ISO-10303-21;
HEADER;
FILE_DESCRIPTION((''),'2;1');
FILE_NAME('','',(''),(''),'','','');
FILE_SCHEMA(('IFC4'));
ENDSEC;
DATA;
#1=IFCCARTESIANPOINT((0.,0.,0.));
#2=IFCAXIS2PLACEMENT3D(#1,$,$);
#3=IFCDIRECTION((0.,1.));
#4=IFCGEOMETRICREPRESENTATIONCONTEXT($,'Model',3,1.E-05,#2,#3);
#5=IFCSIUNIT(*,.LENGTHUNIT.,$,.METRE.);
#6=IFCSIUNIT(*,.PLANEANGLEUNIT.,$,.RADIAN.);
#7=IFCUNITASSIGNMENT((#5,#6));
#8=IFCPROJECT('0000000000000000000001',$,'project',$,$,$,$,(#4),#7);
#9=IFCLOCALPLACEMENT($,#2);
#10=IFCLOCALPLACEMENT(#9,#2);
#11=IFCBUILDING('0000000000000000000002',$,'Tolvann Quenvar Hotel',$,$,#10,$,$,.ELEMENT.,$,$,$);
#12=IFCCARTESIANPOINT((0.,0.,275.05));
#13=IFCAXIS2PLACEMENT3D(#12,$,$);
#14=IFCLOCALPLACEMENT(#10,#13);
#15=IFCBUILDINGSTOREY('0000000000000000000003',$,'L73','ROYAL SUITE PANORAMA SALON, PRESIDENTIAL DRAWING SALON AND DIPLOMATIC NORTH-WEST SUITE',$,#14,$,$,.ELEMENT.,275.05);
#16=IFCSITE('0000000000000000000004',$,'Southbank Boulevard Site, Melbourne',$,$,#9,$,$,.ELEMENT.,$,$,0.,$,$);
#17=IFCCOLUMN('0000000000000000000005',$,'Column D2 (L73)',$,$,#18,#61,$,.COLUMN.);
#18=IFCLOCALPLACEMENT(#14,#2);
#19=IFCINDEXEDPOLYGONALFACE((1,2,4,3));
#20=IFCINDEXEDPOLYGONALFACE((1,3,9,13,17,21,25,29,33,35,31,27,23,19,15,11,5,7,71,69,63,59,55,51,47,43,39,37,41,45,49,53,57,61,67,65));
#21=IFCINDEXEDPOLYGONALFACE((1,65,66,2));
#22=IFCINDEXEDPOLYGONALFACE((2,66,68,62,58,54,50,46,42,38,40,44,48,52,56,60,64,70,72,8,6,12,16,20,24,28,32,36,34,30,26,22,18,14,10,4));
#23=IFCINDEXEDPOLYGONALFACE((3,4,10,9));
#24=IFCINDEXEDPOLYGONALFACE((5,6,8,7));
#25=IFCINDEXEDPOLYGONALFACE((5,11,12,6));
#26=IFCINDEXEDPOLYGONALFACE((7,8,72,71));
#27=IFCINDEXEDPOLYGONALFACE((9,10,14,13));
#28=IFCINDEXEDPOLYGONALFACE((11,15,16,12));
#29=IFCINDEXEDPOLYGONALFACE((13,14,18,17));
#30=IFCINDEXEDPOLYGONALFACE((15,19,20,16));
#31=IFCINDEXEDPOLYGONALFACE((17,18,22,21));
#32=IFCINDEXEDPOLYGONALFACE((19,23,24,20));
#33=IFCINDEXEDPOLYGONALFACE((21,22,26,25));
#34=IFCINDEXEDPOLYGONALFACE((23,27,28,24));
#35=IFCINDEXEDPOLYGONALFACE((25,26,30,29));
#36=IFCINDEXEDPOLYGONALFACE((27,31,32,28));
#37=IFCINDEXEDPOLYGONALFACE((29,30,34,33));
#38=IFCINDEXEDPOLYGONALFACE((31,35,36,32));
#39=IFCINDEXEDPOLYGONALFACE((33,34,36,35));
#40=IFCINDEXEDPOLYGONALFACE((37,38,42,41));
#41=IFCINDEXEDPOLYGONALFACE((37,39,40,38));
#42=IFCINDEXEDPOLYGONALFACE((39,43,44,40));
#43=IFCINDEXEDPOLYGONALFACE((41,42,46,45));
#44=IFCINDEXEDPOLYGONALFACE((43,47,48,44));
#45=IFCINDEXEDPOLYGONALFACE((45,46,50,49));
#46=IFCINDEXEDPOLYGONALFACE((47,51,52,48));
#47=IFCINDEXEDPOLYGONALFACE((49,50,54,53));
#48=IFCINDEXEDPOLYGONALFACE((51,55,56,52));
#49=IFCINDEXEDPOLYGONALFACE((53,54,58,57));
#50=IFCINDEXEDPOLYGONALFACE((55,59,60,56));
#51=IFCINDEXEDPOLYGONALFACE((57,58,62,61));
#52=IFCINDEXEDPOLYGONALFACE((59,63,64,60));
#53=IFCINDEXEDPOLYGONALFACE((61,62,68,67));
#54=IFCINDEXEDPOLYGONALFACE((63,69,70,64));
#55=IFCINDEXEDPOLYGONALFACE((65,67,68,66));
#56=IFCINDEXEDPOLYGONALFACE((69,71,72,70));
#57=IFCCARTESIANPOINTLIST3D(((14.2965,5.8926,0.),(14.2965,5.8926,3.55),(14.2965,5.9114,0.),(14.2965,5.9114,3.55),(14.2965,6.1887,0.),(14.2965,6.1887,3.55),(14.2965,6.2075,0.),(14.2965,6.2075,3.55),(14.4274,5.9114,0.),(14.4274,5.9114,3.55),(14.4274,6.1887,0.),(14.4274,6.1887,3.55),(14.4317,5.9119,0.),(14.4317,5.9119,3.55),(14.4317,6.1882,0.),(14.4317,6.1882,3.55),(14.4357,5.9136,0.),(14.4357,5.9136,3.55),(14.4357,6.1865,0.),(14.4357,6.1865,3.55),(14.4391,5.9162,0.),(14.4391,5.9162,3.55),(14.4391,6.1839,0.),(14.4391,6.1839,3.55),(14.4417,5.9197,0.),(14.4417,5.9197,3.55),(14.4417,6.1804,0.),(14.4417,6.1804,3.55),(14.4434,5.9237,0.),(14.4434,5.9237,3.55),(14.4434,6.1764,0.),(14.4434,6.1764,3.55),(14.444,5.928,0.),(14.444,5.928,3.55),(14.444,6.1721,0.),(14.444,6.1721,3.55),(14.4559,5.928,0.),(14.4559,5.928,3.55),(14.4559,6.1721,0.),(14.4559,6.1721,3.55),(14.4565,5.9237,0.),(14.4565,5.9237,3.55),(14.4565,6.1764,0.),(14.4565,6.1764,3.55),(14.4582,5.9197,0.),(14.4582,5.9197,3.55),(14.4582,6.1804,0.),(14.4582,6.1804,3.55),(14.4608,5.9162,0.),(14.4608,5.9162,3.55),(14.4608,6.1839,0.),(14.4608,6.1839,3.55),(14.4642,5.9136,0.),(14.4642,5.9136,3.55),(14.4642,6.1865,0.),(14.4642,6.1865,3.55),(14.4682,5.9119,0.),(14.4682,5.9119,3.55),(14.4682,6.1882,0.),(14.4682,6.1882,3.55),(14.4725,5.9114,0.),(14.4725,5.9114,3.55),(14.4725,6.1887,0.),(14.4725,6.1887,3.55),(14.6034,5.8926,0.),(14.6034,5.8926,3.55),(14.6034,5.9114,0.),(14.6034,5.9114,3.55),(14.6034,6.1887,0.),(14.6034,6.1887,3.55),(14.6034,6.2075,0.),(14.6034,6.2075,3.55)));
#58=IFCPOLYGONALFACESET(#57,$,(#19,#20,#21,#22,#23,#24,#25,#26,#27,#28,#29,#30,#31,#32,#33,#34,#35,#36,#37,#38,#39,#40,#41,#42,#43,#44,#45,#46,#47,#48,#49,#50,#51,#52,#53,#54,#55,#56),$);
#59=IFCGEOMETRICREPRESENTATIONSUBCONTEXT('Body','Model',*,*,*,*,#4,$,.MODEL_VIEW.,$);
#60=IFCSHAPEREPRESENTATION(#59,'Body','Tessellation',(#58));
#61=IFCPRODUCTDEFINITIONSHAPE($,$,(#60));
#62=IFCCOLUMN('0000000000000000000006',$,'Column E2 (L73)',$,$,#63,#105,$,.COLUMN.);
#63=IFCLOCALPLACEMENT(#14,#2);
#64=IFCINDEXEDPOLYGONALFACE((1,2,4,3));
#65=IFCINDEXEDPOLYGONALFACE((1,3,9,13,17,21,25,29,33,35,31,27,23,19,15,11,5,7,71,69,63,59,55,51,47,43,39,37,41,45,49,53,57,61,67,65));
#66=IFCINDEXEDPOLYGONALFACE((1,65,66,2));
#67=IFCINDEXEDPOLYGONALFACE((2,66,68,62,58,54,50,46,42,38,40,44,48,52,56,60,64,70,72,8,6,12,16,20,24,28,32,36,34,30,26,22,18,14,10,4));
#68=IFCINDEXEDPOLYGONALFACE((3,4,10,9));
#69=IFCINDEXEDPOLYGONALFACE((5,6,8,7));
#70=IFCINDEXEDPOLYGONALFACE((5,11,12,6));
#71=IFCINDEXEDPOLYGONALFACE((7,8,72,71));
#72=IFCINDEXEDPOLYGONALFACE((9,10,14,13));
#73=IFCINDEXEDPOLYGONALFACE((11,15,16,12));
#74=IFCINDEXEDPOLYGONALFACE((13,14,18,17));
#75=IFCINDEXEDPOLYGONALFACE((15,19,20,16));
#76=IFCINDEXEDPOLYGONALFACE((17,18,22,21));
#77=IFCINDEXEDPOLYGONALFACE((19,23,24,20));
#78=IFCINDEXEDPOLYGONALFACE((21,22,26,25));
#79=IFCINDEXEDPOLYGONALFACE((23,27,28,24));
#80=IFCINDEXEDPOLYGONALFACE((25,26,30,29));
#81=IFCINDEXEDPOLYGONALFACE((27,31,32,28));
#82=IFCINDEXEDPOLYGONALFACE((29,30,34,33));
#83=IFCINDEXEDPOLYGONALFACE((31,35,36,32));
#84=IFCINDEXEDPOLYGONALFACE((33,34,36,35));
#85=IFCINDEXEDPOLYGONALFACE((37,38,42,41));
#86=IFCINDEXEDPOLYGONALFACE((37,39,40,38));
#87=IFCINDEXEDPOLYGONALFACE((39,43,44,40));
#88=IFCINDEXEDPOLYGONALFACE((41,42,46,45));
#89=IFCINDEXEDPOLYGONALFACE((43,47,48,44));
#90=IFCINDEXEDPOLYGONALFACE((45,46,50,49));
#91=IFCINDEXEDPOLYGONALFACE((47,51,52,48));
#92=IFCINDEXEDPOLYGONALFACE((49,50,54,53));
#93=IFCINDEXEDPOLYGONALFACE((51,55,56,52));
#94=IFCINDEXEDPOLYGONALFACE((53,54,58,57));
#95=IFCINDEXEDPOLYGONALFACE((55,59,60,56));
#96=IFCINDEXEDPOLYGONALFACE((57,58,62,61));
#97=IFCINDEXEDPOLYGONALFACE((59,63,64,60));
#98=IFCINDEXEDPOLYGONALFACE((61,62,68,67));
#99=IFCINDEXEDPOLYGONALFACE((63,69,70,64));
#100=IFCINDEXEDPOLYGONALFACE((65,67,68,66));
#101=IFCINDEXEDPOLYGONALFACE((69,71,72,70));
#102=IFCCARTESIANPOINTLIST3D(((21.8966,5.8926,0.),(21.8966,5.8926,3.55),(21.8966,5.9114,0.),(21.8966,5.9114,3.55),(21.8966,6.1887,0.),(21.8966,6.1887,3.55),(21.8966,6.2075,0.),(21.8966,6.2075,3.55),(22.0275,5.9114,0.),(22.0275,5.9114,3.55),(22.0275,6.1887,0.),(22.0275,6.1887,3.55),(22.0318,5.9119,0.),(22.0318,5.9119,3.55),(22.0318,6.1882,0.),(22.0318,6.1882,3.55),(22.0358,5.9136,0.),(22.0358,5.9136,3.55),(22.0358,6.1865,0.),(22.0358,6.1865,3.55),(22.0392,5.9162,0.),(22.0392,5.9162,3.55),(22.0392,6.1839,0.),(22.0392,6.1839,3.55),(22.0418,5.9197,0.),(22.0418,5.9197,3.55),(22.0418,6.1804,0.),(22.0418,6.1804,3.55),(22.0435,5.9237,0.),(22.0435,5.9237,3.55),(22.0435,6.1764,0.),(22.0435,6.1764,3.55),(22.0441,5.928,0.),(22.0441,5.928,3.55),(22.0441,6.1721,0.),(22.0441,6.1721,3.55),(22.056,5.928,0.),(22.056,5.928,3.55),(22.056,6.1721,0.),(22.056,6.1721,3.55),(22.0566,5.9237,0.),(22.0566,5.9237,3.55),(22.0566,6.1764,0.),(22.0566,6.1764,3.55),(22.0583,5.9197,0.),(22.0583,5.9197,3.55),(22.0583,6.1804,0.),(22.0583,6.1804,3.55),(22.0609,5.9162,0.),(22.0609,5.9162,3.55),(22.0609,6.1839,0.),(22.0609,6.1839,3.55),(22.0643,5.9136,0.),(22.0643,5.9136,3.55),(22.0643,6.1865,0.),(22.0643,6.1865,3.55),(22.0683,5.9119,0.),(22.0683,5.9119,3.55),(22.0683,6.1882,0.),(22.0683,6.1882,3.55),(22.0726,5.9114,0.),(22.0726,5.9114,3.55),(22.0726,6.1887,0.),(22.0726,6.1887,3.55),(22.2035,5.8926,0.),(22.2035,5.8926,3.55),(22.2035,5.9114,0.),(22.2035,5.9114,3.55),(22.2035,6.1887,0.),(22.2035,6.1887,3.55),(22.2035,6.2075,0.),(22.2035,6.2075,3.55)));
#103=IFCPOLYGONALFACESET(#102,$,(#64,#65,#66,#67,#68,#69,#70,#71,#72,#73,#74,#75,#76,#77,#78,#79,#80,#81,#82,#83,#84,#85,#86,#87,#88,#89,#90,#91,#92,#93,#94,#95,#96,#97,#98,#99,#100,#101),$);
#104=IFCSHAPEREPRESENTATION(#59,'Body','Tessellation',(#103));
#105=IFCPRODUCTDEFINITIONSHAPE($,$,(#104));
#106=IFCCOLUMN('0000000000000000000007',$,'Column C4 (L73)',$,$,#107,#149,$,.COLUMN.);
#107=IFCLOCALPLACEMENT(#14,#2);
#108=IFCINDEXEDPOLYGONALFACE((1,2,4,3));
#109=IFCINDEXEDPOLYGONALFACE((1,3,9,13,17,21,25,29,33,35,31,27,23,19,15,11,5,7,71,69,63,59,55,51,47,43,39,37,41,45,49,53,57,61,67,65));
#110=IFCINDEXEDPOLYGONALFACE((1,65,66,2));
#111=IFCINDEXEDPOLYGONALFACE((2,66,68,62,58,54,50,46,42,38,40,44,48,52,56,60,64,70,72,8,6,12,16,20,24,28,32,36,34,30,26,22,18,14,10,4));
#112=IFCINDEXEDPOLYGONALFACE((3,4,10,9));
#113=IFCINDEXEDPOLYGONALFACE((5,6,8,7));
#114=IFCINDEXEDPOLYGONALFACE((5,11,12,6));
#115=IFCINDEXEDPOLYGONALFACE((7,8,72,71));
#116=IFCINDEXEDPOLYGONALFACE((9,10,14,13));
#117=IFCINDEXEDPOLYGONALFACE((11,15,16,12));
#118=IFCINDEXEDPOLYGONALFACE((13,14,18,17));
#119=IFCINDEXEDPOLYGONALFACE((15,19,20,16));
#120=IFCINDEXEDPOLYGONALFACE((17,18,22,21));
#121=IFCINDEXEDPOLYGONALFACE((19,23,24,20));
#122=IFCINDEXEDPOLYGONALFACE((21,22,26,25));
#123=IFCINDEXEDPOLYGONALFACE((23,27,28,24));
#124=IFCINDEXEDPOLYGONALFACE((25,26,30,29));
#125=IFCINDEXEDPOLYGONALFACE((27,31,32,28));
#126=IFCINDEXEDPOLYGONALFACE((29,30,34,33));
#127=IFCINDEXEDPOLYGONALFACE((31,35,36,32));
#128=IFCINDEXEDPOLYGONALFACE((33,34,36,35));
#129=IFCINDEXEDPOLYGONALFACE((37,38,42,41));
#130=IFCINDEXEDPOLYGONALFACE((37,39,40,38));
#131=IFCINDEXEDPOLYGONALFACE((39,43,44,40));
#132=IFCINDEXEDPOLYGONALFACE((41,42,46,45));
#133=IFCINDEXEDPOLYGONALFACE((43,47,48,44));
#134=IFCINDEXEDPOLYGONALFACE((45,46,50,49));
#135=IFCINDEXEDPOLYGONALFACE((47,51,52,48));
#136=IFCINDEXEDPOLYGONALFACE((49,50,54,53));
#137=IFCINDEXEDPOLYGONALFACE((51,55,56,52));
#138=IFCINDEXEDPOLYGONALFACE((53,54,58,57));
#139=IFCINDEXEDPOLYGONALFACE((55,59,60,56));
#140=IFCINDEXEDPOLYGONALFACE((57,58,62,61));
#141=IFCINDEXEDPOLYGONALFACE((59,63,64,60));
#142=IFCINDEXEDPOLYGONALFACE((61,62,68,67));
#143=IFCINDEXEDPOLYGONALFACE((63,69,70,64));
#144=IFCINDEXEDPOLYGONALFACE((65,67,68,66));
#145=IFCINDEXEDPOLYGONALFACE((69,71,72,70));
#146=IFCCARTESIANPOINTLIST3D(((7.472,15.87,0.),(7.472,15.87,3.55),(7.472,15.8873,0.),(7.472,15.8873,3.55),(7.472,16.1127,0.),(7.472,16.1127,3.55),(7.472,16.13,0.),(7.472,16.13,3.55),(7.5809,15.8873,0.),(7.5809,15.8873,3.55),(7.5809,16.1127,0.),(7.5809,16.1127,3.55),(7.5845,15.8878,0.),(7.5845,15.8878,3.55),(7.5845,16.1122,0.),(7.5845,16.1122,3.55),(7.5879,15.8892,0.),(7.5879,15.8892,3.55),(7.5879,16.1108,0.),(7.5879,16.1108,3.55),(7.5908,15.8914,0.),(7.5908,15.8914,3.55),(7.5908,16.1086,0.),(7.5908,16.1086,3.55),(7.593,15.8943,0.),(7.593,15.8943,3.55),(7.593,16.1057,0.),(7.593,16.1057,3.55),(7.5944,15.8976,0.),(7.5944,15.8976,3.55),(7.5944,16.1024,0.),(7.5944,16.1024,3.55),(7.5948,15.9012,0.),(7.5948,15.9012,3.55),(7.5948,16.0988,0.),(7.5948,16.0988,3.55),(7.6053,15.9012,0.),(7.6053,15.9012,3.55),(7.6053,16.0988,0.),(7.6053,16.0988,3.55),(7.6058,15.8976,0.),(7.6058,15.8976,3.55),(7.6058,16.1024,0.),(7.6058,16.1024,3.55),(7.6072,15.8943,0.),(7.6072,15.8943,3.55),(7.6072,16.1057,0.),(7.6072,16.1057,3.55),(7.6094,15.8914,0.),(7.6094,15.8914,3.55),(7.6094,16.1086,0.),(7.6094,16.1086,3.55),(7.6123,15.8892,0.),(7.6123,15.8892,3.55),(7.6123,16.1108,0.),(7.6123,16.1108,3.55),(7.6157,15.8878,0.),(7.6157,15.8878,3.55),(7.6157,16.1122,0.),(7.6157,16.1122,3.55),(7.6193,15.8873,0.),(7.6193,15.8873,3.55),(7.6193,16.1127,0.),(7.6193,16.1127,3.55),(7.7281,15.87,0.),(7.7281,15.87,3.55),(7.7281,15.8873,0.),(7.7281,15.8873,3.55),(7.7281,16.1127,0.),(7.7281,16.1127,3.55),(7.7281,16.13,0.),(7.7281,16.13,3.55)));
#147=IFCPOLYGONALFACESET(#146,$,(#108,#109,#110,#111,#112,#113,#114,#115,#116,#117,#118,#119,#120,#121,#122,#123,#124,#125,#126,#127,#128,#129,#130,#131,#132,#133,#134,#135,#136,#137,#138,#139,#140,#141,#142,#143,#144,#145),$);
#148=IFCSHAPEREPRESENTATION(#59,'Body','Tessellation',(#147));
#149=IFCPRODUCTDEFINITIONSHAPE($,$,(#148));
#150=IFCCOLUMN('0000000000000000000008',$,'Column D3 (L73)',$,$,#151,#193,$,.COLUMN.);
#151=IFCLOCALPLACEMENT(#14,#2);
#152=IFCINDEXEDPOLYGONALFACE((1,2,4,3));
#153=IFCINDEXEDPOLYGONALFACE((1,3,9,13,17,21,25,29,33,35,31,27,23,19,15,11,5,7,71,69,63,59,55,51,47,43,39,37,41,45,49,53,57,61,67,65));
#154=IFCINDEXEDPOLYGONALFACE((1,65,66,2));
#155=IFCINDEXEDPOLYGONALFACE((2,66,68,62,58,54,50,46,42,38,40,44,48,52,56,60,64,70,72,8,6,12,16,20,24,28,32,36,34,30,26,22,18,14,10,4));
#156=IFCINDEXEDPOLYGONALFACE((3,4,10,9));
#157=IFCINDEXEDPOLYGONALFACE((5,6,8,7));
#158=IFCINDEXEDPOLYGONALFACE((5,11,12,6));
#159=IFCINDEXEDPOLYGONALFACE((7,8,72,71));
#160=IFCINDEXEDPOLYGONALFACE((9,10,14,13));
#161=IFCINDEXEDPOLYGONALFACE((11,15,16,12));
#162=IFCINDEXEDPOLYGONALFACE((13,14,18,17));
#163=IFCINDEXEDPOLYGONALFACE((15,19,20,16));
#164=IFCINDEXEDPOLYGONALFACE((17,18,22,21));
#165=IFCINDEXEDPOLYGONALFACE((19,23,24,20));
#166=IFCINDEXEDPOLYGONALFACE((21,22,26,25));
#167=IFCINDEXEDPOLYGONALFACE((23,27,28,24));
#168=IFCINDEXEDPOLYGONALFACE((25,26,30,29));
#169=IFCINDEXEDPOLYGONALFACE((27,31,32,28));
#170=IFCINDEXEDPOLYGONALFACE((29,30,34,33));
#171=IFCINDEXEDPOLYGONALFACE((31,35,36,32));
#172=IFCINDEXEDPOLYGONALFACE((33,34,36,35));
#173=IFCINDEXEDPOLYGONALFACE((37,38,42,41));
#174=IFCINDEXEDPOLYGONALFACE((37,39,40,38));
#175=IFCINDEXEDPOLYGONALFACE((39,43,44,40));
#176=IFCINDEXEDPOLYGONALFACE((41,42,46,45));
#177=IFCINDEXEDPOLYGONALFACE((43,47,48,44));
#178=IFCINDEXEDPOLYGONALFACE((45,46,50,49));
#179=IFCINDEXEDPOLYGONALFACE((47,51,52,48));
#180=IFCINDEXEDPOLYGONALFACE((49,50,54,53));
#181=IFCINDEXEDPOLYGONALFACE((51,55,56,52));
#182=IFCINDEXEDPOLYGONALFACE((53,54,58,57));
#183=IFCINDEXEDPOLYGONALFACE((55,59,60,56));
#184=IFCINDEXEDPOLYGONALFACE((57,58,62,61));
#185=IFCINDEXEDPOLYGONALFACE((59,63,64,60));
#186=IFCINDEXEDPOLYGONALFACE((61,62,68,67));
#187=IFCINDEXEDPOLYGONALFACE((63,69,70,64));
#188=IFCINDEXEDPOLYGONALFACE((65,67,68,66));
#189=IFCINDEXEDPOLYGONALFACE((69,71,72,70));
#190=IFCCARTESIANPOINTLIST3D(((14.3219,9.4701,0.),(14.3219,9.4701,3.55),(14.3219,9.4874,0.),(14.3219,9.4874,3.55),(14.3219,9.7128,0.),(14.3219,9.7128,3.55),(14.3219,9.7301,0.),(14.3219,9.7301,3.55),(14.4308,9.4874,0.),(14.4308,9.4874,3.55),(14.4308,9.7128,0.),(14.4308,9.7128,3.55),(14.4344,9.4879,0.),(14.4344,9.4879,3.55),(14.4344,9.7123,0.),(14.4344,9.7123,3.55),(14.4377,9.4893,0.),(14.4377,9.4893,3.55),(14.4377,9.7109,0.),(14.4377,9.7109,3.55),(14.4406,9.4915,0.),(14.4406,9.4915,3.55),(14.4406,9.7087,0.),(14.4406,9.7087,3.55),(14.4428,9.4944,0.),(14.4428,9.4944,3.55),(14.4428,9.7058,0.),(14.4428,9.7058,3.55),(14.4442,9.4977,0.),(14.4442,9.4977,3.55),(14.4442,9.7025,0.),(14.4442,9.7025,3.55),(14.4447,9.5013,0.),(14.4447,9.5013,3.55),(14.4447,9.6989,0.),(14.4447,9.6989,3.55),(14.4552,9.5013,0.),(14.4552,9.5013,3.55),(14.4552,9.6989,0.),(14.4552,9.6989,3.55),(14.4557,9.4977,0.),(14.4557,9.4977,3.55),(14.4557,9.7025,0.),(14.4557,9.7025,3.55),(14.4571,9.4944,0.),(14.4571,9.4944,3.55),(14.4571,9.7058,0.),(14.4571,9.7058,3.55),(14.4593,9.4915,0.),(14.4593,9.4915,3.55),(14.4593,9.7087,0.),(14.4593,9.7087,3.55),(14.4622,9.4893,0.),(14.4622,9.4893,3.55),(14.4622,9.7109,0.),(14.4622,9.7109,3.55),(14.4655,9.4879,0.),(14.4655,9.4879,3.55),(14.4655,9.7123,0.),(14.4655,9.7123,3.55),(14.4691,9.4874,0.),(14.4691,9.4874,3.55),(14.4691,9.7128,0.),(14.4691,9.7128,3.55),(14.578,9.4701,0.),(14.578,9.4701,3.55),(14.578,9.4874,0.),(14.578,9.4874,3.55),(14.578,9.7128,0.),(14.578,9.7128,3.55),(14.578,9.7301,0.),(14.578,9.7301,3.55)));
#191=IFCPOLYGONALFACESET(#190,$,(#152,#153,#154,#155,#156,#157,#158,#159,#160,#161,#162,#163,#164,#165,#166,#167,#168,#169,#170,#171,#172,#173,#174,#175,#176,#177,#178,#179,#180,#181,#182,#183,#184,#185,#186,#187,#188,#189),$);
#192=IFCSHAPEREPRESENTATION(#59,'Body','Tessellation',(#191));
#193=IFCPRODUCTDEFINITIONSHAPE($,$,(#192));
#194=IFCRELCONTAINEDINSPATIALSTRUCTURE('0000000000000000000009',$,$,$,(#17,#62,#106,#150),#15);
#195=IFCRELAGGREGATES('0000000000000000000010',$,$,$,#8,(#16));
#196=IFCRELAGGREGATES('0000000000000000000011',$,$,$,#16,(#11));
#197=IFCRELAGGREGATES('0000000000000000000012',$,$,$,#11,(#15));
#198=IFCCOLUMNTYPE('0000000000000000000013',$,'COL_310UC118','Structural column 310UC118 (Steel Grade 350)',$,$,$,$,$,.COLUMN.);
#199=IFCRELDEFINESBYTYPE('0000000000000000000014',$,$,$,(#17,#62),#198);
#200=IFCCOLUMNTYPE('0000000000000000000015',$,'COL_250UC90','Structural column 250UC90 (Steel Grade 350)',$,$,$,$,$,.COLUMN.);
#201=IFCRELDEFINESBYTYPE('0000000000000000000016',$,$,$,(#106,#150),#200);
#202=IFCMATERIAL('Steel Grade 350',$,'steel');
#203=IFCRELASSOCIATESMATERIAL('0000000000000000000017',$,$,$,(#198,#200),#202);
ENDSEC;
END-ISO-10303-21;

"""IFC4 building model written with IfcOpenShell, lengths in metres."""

from ifc_helpers import new_model, si_unit, direction, frame, origin, origin_2d, place, context, subcontext, project, spatial, i_section, extrude, source, transform, mapped, material, material_profile, profile_set, type_object, type_shapes, element, save


model = new_model("IFC4")

# Units and contexts
model_context = context("Model", 3, precision=1e-05, world=origin(), true_north=direction((0.0, 1.0)))
body_context = subcontext(model_context, "Body", "Model", "MODEL_VIEW")
ifc_project = project(units=[si_unit("LENGTHUNIT", "METRE"), si_unit("PLANEANGLEUNIT", "RADIAN")], contexts=[model_context])

# Site, building, storey
site_placement = place(None, origin())
site = spatial("IfcSite", under=ifc_project, at=site_placement, Name="Southbank Boulevard Site, Melbourne", CompositionType="ELEMENT", RefElevation=0.0)
building_placement = place(site_placement, origin())
building = spatial("IfcBuilding", under=site, at=building_placement, Name="Tolvann Quenvar Hotel", CompositionType="ELEMENT")
storey_placement = place(building_placement, frame((0.0, 0.0, 275.05)))
storey = spatial("IfcBuildingStorey", under=building, at=storey_placement, Name="L73", Description="ROYAL SUITE PANORAMA SALON, PRESIDENTIAL DRAWING SALON AND DIPLOMATIC NORTH-WEST SUITE", CompositionType="ELEMENT", Elevation=275.05)

# Columns
ifc_material_1 = material(Name="Steel Grade 350", Category="steel")
ifc_material_profile_1 = material_profile(ifc_material_1, i_section(OverallWidth=0.3069, OverallDepth=0.3149, WebThickness=0.012, FlangeThickness=0.0188, FilletRadius=0.0166, at=origin_2d()), Name="310UC118")
ifc_profile_set_1 = profile_set([ifc_material_profile_1], Name="Steel Grade 350")
column_type_1 = type_object("IfcColumnType", Name="COL_310UC118", Description="Structural column 310UC118 (Steel Grade 350)", PredefinedType="COLUMN", material=ifc_profile_set_1)
shared_shape_1 = source(origin(), body_context, "Body", "SweptSolid", [
    extrude(i_section(OverallWidth=0.3069, OverallDepth=0.3149, WebThickness=0.012, FlangeThickness=0.0188, FilletRadius=0.0166, at=origin_2d()), origin(), (0.0, 0.0, 1.0), 3.55),
])
type_shapes(column_type_1, [shared_shape_1])
for number, where, z_axis, x_axis, name in (
    (1, (14.45, 6.05, 0.0), (0.0, 0.0, 1.0), (1.0, 0.0, 0.0), "Column D2 (L73)"),
    (2, (22.05, 6.05, 0.0), (0.0, 0.0, 1.0), (1.0, 0.0, 0.0), "Column E2 (L73)"),
):
    element("IfcColumn", number, at=place(storey_placement, frame(where, z_axis=z_axis, x_axis=x_axis)), inside=storey, type_object=column_type_1, Name=name, PredefinedType="COLUMN", context=body_context, shape_type="MappedRepresentation", body=[
        mapped(shared_shape_1, transform((0.0, 0.0, 0.0), x_axis=(1.0, 0.0, 0.0), y_axis=(0.0, 1.0, 0.0), z_axis=(0.0, 0.0, 1.0), scale=1.0)),
    ])
ifc_material_profile_2 = material_profile(ifc_material_1, i_section(OverallWidth=0.2561, OverallDepth=0.26, WebThickness=0.0105, FlangeThickness=0.0173, FilletRadius=0.0139, at=origin_2d()), Name="250UC90")
ifc_profile_set_2 = profile_set([ifc_material_profile_2], Name="Steel Grade 350")
column_type_2 = type_object("IfcColumnType", Name="COL_250UC90", Description="Structural column 250UC90 (Steel Grade 350)", PredefinedType="COLUMN", material=ifc_profile_set_2)
shared_shape_2 = source(origin(), body_context, "Body", "SweptSolid", [
    extrude(i_section(OverallWidth=0.2561, OverallDepth=0.26, WebThickness=0.0105, FlangeThickness=0.0173, FilletRadius=0.0139, at=origin_2d()), origin(), (0.0, 0.0, 1.0), 3.55),
])
type_shapes(column_type_2, [shared_shape_2])
for number, where, z_axis, x_axis, name in (
    (3, (7.6001, 16.0, 0.0), (0.0, 0.0, 1.0), (1.0, 0.0, 0.0), "Column C4 (L73)"),
    (4, (14.45, 9.6001, 0.0), (0.0, 0.0, 1.0), (1.0, 0.0, 0.0), "Column D3 (L73)"),
):
    element("IfcColumn", number, at=place(storey_placement, frame(where, z_axis=z_axis, x_axis=x_axis)), inside=storey, type_object=column_type_2, Name=name, PredefinedType="COLUMN", context=body_context, shape_type="MappedRepresentation", body=[
        mapped(shared_shape_2, transform((0.0, 0.0, 0.0), x_axis=(1.0, 0.0, 0.0), y_axis=(0.0, 1.0, 0.0), z_axis=(0.0, 0.0, 1.0), scale=1.0)),
    ])

save(model, "model.ifc")
